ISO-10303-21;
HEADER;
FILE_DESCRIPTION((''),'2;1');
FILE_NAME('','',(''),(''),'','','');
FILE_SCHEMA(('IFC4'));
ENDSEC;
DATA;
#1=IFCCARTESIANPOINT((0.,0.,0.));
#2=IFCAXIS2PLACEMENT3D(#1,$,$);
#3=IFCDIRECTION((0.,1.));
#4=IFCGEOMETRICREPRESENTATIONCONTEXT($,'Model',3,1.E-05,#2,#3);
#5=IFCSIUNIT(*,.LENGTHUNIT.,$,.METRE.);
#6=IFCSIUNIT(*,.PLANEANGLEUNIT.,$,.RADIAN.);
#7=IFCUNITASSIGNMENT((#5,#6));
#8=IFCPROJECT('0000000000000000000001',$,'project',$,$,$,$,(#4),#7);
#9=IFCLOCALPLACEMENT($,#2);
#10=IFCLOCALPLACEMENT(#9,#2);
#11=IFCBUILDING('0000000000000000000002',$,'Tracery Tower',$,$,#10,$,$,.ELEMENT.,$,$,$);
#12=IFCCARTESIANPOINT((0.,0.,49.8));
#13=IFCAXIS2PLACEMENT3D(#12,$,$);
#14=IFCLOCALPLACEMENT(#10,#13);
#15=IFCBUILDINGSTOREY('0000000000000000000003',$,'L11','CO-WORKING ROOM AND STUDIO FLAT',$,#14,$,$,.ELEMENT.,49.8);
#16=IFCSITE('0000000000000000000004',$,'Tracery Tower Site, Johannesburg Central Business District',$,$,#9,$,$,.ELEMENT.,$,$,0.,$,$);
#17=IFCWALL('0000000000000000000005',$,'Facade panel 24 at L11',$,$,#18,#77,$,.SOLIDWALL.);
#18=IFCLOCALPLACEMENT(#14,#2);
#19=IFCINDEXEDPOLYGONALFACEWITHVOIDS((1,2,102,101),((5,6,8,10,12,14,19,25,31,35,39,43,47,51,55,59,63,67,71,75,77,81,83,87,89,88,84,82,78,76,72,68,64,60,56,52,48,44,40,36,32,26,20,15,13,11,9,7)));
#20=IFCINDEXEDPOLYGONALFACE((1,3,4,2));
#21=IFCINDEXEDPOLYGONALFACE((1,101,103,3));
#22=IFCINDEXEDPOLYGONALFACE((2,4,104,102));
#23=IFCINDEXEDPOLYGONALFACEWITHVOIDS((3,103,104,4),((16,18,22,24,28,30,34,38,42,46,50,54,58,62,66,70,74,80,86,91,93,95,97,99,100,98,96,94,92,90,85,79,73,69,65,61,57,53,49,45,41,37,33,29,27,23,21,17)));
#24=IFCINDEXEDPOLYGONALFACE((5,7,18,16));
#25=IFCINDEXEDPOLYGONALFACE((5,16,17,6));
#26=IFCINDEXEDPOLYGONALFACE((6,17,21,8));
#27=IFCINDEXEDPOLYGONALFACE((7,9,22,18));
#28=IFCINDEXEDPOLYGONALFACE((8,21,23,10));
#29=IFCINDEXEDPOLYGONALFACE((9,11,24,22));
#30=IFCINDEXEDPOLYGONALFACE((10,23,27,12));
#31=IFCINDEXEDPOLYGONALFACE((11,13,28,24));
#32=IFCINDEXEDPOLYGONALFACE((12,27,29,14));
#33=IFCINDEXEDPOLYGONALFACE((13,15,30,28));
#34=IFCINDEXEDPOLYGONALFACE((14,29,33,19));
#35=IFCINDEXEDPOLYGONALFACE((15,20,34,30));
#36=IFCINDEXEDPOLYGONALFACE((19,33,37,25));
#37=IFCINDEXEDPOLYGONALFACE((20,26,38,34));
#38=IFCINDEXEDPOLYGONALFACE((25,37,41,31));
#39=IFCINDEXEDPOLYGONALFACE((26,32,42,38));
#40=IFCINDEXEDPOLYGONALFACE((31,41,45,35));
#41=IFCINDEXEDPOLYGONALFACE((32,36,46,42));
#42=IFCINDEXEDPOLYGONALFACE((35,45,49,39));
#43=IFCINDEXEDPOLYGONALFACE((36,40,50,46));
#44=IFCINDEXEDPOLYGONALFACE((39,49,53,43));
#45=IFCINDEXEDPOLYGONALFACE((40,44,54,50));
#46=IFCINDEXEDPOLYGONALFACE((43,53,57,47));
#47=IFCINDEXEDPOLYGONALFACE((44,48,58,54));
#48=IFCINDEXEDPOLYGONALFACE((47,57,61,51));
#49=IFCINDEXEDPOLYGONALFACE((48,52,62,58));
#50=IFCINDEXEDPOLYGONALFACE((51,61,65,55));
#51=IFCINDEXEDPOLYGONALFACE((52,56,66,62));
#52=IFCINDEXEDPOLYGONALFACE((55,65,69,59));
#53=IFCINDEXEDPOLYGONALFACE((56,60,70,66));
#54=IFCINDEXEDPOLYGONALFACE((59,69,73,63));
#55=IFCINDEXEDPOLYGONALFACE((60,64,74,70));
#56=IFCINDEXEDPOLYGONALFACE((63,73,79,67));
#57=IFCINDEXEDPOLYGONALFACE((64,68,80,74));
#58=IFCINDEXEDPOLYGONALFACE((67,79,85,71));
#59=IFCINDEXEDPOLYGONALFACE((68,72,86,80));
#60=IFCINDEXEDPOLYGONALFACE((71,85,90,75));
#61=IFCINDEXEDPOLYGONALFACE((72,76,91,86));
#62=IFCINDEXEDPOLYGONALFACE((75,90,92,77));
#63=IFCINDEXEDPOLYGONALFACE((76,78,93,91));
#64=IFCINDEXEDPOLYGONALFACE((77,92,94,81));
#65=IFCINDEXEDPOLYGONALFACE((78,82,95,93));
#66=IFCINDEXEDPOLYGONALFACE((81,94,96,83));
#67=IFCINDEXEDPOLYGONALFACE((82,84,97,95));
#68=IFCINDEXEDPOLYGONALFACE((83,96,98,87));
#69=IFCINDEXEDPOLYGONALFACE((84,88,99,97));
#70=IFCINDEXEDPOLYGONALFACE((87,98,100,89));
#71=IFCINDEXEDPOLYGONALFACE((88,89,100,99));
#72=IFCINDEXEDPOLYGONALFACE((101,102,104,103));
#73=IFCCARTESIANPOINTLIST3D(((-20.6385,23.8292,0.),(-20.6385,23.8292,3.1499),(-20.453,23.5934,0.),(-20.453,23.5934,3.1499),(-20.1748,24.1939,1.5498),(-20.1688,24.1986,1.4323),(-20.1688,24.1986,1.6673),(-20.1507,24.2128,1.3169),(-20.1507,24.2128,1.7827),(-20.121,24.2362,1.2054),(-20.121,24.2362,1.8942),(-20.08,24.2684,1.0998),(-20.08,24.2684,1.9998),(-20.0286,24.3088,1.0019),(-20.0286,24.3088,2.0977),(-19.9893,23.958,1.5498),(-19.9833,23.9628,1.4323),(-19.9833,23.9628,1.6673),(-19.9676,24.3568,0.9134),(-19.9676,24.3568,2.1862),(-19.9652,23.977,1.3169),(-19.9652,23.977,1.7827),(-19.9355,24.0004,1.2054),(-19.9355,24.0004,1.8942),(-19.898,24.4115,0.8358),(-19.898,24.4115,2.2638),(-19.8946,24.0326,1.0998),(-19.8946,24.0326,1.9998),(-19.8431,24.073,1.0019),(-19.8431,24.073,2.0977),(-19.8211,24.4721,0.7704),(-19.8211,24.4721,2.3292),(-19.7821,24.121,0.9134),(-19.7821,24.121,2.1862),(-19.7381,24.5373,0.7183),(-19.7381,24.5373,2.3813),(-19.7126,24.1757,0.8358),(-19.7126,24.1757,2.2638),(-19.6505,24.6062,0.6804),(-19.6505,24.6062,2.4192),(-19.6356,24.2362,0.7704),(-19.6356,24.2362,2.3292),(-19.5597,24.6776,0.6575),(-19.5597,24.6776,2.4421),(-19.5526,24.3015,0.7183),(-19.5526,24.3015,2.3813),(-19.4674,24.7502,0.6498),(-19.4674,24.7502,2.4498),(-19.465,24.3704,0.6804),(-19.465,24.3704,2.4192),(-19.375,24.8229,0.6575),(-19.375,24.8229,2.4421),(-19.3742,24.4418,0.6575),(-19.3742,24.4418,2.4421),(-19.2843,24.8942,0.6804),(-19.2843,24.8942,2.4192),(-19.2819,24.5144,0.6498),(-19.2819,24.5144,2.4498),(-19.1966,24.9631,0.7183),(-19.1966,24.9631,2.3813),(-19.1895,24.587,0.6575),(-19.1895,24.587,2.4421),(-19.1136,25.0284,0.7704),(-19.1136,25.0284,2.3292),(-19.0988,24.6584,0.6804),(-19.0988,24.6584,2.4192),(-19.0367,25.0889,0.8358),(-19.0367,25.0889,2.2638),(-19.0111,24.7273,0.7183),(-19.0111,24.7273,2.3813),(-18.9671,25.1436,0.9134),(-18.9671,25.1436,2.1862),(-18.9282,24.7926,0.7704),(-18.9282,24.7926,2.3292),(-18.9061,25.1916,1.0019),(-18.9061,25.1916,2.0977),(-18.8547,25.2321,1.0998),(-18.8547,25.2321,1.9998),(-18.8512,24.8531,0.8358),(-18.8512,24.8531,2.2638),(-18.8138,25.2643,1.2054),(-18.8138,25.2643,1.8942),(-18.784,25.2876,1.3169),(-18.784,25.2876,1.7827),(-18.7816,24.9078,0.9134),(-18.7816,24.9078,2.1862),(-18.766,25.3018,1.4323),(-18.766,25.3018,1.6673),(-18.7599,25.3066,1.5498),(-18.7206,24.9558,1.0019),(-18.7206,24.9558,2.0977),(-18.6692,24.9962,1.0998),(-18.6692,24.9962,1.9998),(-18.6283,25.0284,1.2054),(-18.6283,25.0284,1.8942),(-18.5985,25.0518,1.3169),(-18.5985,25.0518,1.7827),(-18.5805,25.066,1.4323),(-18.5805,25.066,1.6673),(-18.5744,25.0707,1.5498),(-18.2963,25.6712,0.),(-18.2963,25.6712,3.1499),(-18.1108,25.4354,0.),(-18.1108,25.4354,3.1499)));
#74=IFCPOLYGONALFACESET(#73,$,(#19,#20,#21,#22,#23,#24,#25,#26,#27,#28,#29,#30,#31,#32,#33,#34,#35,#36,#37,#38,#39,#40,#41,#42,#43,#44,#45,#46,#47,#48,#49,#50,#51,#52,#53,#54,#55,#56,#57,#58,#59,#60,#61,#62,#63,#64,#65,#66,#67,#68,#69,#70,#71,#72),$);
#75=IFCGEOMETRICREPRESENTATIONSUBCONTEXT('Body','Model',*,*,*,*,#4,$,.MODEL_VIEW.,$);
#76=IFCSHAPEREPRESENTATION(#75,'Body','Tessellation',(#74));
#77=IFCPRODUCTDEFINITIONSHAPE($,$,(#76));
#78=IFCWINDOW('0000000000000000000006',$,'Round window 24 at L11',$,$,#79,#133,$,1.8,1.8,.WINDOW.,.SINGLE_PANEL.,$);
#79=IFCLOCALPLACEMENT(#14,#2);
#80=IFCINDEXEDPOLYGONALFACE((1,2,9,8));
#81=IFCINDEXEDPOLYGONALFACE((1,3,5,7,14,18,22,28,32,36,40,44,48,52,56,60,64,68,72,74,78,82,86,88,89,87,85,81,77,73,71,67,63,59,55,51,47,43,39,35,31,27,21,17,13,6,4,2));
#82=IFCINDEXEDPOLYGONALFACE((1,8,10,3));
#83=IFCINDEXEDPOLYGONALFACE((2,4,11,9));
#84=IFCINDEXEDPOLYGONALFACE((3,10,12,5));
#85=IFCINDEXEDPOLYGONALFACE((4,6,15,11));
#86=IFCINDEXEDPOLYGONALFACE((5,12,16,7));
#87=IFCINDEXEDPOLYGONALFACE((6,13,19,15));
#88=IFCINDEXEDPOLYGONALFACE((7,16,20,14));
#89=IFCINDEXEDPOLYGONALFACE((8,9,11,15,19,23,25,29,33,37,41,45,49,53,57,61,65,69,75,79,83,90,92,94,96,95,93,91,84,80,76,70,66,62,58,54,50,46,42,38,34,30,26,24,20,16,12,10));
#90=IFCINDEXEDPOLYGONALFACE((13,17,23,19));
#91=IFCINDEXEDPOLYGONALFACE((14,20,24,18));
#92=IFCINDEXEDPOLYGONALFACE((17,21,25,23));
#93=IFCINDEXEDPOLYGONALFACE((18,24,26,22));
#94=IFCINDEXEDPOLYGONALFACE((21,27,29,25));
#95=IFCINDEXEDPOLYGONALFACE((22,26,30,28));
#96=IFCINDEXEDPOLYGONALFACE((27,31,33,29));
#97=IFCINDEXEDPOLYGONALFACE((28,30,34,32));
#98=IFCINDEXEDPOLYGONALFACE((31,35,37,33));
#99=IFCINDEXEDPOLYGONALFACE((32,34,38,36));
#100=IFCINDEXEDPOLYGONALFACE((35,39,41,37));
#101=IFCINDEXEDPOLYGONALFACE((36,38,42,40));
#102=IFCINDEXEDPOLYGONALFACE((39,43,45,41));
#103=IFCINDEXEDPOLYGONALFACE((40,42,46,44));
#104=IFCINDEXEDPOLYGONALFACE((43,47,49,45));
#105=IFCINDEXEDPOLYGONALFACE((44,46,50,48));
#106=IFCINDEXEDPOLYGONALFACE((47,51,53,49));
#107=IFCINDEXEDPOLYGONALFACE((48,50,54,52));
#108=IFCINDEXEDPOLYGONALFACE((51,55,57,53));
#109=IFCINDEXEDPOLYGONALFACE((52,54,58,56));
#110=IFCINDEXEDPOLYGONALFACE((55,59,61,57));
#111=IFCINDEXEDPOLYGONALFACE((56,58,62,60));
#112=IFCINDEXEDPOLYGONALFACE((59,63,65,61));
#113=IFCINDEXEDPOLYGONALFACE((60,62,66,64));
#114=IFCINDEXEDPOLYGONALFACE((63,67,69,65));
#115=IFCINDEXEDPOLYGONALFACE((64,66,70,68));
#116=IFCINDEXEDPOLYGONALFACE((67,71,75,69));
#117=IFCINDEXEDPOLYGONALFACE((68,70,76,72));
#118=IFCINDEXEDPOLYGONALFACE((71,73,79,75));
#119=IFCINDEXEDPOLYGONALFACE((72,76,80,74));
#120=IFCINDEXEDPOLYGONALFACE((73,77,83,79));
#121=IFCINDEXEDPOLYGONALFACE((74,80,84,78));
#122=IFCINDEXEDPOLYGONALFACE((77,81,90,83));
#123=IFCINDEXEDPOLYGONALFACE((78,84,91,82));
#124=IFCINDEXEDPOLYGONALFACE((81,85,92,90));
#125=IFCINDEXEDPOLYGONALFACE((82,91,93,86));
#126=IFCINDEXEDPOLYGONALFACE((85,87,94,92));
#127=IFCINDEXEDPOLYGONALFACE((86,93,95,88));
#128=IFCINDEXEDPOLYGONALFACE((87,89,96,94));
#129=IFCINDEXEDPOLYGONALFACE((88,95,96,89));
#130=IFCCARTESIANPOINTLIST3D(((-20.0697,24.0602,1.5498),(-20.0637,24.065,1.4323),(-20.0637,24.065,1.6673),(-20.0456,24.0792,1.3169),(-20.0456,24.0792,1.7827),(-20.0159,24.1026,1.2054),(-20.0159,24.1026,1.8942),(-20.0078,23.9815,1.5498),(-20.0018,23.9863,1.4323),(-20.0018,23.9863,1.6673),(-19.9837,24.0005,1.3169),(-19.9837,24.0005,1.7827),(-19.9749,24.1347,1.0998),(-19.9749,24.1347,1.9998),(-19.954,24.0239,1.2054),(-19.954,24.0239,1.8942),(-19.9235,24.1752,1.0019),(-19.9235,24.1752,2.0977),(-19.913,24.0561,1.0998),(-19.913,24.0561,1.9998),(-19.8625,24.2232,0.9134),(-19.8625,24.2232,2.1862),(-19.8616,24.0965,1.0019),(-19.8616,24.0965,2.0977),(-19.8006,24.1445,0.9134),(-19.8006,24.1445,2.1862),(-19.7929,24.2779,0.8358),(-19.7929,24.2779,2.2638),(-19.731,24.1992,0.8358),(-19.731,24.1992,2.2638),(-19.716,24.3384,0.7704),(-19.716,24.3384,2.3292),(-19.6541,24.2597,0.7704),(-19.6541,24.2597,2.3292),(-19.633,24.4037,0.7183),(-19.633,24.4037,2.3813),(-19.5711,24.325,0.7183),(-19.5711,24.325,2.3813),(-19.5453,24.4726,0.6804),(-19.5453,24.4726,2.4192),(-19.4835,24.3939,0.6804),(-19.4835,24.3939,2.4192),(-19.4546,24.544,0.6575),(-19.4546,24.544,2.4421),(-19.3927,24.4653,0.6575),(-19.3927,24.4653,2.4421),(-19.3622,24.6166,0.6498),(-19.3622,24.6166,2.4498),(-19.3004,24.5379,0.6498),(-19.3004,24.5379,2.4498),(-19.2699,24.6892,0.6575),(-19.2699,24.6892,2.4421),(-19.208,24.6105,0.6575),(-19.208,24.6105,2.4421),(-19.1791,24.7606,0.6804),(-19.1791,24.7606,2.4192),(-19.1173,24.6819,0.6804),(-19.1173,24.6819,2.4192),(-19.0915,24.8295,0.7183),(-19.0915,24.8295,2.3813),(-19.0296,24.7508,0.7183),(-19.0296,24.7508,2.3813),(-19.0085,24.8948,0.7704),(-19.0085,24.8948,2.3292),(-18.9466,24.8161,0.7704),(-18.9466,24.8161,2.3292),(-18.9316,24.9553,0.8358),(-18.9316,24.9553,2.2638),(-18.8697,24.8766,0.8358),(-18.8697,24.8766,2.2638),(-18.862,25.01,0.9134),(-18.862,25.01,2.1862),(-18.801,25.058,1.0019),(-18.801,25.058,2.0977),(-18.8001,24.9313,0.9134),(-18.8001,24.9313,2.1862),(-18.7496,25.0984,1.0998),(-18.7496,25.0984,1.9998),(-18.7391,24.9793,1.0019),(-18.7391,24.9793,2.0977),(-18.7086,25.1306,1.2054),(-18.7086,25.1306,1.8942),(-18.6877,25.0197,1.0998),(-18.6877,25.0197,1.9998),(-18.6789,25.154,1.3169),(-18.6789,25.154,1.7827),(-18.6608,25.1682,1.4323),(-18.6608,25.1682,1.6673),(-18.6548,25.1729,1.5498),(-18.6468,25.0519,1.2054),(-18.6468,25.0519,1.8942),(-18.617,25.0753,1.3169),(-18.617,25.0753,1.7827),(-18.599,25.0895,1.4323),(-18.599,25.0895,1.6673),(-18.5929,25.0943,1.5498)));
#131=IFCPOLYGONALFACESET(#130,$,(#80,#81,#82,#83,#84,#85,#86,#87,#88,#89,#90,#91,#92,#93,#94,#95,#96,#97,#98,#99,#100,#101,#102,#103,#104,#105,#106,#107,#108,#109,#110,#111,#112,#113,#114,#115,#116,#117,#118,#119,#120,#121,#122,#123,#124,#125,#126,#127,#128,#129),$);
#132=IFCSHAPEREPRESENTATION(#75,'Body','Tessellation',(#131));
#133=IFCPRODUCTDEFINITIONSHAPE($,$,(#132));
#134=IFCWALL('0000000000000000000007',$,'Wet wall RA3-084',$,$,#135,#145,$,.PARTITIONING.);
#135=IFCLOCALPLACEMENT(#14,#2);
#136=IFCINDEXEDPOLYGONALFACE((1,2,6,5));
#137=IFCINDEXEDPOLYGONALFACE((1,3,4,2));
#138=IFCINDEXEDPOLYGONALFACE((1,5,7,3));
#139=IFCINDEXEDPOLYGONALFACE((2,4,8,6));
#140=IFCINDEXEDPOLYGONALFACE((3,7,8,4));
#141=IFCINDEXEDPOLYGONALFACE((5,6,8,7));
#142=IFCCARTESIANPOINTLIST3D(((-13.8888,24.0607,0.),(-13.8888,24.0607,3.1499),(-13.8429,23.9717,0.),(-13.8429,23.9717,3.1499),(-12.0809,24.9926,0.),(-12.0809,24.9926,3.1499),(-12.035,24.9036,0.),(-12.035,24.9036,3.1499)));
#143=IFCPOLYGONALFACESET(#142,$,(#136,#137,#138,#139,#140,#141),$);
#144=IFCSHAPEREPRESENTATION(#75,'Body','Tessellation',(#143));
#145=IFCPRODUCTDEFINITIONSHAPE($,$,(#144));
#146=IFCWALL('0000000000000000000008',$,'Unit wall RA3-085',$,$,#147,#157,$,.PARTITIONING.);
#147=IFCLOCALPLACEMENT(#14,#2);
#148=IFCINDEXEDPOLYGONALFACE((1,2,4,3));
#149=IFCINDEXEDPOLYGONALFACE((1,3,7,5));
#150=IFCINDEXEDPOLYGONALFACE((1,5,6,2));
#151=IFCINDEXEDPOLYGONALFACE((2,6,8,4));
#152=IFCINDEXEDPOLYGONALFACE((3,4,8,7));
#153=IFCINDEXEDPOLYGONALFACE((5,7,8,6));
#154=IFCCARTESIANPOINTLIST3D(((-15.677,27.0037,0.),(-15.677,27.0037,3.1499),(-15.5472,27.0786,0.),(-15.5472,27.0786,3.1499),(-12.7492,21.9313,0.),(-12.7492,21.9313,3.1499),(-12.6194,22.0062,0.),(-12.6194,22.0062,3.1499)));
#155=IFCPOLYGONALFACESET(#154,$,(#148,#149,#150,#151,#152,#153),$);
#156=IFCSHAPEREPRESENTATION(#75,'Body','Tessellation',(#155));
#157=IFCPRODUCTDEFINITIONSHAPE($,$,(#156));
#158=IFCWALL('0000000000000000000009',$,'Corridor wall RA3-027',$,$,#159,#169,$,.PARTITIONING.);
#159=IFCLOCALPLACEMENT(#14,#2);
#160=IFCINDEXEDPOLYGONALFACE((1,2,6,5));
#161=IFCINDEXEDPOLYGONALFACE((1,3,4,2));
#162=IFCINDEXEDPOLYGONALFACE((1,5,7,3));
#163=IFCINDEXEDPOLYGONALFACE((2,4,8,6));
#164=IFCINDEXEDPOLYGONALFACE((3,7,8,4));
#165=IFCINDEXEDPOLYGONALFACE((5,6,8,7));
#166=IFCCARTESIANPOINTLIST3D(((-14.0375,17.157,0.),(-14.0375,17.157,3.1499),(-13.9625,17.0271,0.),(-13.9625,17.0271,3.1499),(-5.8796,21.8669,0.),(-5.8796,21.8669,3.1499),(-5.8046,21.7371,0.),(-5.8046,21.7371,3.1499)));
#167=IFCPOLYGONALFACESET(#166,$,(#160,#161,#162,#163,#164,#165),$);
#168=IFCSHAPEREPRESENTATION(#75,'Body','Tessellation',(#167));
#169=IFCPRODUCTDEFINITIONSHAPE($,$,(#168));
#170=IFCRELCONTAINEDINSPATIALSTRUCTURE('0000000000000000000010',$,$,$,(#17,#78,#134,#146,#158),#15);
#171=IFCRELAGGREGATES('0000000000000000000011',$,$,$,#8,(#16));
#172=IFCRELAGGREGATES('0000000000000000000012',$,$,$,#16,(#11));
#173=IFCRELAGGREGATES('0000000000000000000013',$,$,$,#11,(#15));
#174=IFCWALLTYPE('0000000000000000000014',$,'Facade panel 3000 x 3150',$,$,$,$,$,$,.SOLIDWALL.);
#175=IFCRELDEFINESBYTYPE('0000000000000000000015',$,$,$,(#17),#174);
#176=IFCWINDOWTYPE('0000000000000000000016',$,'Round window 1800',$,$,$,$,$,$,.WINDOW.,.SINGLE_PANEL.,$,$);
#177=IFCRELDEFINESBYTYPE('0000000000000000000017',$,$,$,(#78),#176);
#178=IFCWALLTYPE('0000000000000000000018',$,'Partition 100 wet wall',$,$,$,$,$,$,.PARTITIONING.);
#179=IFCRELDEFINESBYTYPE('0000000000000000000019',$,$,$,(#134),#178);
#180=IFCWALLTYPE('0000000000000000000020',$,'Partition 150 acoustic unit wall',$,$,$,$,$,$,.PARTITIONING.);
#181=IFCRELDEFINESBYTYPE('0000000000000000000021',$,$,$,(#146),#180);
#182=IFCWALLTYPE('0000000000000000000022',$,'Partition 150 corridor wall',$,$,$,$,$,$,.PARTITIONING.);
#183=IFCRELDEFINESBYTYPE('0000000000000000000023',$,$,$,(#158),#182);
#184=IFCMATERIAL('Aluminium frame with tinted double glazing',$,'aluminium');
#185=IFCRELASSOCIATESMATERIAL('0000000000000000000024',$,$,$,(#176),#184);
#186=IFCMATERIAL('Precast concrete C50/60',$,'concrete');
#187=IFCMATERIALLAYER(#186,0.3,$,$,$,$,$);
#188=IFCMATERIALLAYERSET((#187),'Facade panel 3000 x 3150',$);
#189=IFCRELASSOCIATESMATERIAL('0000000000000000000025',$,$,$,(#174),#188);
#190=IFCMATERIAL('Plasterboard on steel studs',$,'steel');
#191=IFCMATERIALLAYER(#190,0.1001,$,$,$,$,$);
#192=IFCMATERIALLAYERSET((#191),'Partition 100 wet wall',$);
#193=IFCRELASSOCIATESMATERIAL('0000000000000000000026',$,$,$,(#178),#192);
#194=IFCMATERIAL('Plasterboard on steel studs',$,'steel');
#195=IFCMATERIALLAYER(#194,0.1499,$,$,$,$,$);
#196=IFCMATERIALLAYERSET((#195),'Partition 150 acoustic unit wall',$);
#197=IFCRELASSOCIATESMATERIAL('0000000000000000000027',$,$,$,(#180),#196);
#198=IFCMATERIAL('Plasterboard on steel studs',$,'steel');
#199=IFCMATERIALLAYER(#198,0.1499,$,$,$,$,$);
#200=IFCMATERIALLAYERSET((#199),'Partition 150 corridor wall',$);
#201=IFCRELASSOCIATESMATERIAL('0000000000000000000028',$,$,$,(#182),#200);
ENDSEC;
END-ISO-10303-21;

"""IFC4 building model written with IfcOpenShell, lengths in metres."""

from ifc_helpers import new_model, si_unit, direction, frame, frame_2d, origin, origin_2d, place, context, subcontext, project, spatial, rectangle, circle, extrude, material, layer, layer_set, type_object, element, fill, save


model = new_model("IFC4")

# Units and contexts
model_context = context("Model", 3, precision=1e-05, world=origin(), true_north=direction((0.0, 1.0)))
body_context = subcontext(model_context, "Body", "Model", "MODEL_VIEW")
ifc_project = project(units=[si_unit("LENGTHUNIT", "METRE"), si_unit("PLANEANGLEUNIT", "RADIAN")], contexts=[model_context])

# Site, building, storey
site_placement = place(None, origin())
site = spatial("IfcSite", under=ifc_project, at=site_placement, Name="Tracery Tower Site, Johannesburg Central Business District", CompositionType="ELEMENT", RefElevation=0.0)
building_placement = place(site_placement, origin())
building = spatial("IfcBuilding", under=site, at=building_placement, Name="Tracery Tower", CompositionType="ELEMENT")
storey_placement = place(building_placement, frame((0.0, 0.0, 49.8)))
storey = spatial("IfcBuildingStorey", under=building, at=storey_placement, Name="L11", Description="CO-WORKING ROOM AND STUDIO FLAT", CompositionType="ELEMENT", Elevation=49.8)

# Wall, opening, window
ifc_material_1 = material(Name="Aluminium frame with tinted double glazing", Category="aluminium")
window_type = type_object("IfcWindowType", Name="Round window 1800", PartitioningType="SINGLE_PANEL", PredefinedType="WINDOW", material=ifc_material_1)
ifc_material_2 = material(Name="Precast concrete C50/60", Category="concrete")
ifc_layer_1 = layer(ifc_material_2, 0.3)
ifc_layer_set_1 = layer_set([ifc_layer_1], Name="Facade panel 3000 x 3150")
wall_type_1 = type_object("IfcWallType", Name="Facade panel 3000 x 3150", PredefinedType="SOLIDWALL", material=ifc_layer_set_1)
wall_1_placement = place(storey_placement, frame((-18.2036, 25.5532, 0.0), z_axis=(0.0, 0.0, 1.0), x_axis=(-0.786045, -0.618169, 0.0)))
wall_1 = element("IfcWall", 1, at=wall_1_placement, inside=storey, type_object=wall_type_1, Name="Facade panel 24 at L11", PredefinedType="SOLIDWALL", context=body_context, shape_type="SweptSolid", body=[
    extrude(rectangle(XDim=2.9797, YDim=0.3, at=frame_2d((1.4897, 0.0))), origin(), (0.0, 0.0, 1.0), 3.1499),
])
opening_1_placement = place(wall_1_placement, frame((1.4897, 0.0, 1.5498)))
opening_1 = element("IfcOpeningElement", 2, at=opening_1_placement, cuts=wall_1, PredefinedType="OPENING", context=body_context, shape_type="SweptSolid", body=[
    extrude(circle(Radius=0.9, at=origin_2d()), frame((0.0, 0.1599, 0.0), z_axis=(0.0, -1.0, 0.0), x_axis=(1.0, 0.0, 0.0)), (0.0, 0.0, 1.0), 0.3201),
])
window_1_placement = place(opening_1_placement, origin())
window_1 = element("IfcWindow", 3, at=window_1_placement, inside=storey, type_object=window_type, Name="Round window 24 at L11", OverallHeight=1.8, OverallWidth=1.8, PartitioningType="SINGLE_PANEL", PredefinedType="WINDOW", context=body_context, shape_type="SweptSolid", body=[
    extrude(circle(Radius=0.9, at=origin_2d()), frame((0.0, 0.1201, 0.0), z_axis=(0.0, -1.0, 0.0), x_axis=(1.0, 0.0, 0.0)), (0.0, 0.0, 1.0), 0.1001),
])
fill(opening_1, window_1)

# Walls
ifc_material_3 = material(Name="Plasterboard on steel studs", Category="steel")
ifc_layer_2 = layer(ifc_material_3, 0.1001)
ifc_layer_set_2 = layer_set([ifc_layer_2], Name="Partition 100 wet wall")
wall_type_2 = type_object("IfcWallType", Name="Partition 100 wet wall", PredefinedType="PARTITIONING", material=ifc_layer_set_2)
wall_2_placement = place(storey_placement, frame((-13.866, 24.0161, 0.0), z_axis=(0.0, 0.0, 1.0), x_axis=(0.888862, 0.458175, 0.0)))
element("IfcWall", 4, at=wall_2_placement, inside=storey, type_object=wall_type_2, Name="Wet wall RA3-084", PredefinedType="PARTITIONING", context=body_context, shape_type="SweptSolid", body=[
    extrude(rectangle(XDim=2.0339, YDim=0.1001, at=frame_2d((1.0171, 0.0))), origin(), (0.0, 0.0, 1.0), 3.1499),
])
ifc_material_4 = material(Name="Plasterboard on steel studs", Category="steel")
ifc_layer_3 = layer(ifc_material_4, 0.1499)
ifc_layer_set_3 = layer_set([ifc_layer_3], Name="Partition 150 acoustic unit wall")
wall_type_3 = type_object("IfcWallType", Name="Partition 150 acoustic unit wall", PredefinedType="PARTITIONING", material=ifc_layer_set_3)
wall_3_placement = place(storey_placement, frame((-15.6121, 27.041, 0.0), z_axis=(0.0, 0.0, 1.0), x_axis=(0.499905, -0.86608, 0.0)))
element("IfcWall", 5, at=wall_3_placement, inside=storey, type_object=wall_type_3, Name="Unit wall RA3-085", PredefinedType="PARTITIONING", context=body_context, shape_type="SweptSolid", body=[
    extrude(rectangle(XDim=5.8567, YDim=0.1499, at=frame_2d((2.9282, 0.0))), origin(), (0.0, 0.0, 1.0), 3.1499),
])
ifc_material_5 = material(Name="Plasterboard on steel studs", Category="steel")
ifc_layer_4 = layer(ifc_material_5, 0.1499)
ifc_layer_set_4 = layer_set([ifc_layer_4], Name="Partition 150 corridor wall")
wall_type_4 = type_object("IfcWallType", Name="Partition 150 corridor wall", PredefinedType="PARTITIONING", material=ifc_layer_set_4)
wall_4_placement = place(storey_placement, frame((-14.0, 17.092, 0.0), z_axis=(0.0, 0.0, 1.0), x_axis=(0.866027, 0.499997, 0.0)))
element("IfcWall", 6, at=wall_4_placement, inside=storey, type_object=wall_type_4, Name="Corridor wall RA3-027", PredefinedType="PARTITIONING", context=body_context, shape_type="SweptSolid", body=[
    extrude(rectangle(XDim=9.4199, YDim=0.1499, at=frame_2d((4.71, 0.0))), origin(), (0.0, 0.0, 1.0), 3.1499),
])

save(model, "model.ifc")
